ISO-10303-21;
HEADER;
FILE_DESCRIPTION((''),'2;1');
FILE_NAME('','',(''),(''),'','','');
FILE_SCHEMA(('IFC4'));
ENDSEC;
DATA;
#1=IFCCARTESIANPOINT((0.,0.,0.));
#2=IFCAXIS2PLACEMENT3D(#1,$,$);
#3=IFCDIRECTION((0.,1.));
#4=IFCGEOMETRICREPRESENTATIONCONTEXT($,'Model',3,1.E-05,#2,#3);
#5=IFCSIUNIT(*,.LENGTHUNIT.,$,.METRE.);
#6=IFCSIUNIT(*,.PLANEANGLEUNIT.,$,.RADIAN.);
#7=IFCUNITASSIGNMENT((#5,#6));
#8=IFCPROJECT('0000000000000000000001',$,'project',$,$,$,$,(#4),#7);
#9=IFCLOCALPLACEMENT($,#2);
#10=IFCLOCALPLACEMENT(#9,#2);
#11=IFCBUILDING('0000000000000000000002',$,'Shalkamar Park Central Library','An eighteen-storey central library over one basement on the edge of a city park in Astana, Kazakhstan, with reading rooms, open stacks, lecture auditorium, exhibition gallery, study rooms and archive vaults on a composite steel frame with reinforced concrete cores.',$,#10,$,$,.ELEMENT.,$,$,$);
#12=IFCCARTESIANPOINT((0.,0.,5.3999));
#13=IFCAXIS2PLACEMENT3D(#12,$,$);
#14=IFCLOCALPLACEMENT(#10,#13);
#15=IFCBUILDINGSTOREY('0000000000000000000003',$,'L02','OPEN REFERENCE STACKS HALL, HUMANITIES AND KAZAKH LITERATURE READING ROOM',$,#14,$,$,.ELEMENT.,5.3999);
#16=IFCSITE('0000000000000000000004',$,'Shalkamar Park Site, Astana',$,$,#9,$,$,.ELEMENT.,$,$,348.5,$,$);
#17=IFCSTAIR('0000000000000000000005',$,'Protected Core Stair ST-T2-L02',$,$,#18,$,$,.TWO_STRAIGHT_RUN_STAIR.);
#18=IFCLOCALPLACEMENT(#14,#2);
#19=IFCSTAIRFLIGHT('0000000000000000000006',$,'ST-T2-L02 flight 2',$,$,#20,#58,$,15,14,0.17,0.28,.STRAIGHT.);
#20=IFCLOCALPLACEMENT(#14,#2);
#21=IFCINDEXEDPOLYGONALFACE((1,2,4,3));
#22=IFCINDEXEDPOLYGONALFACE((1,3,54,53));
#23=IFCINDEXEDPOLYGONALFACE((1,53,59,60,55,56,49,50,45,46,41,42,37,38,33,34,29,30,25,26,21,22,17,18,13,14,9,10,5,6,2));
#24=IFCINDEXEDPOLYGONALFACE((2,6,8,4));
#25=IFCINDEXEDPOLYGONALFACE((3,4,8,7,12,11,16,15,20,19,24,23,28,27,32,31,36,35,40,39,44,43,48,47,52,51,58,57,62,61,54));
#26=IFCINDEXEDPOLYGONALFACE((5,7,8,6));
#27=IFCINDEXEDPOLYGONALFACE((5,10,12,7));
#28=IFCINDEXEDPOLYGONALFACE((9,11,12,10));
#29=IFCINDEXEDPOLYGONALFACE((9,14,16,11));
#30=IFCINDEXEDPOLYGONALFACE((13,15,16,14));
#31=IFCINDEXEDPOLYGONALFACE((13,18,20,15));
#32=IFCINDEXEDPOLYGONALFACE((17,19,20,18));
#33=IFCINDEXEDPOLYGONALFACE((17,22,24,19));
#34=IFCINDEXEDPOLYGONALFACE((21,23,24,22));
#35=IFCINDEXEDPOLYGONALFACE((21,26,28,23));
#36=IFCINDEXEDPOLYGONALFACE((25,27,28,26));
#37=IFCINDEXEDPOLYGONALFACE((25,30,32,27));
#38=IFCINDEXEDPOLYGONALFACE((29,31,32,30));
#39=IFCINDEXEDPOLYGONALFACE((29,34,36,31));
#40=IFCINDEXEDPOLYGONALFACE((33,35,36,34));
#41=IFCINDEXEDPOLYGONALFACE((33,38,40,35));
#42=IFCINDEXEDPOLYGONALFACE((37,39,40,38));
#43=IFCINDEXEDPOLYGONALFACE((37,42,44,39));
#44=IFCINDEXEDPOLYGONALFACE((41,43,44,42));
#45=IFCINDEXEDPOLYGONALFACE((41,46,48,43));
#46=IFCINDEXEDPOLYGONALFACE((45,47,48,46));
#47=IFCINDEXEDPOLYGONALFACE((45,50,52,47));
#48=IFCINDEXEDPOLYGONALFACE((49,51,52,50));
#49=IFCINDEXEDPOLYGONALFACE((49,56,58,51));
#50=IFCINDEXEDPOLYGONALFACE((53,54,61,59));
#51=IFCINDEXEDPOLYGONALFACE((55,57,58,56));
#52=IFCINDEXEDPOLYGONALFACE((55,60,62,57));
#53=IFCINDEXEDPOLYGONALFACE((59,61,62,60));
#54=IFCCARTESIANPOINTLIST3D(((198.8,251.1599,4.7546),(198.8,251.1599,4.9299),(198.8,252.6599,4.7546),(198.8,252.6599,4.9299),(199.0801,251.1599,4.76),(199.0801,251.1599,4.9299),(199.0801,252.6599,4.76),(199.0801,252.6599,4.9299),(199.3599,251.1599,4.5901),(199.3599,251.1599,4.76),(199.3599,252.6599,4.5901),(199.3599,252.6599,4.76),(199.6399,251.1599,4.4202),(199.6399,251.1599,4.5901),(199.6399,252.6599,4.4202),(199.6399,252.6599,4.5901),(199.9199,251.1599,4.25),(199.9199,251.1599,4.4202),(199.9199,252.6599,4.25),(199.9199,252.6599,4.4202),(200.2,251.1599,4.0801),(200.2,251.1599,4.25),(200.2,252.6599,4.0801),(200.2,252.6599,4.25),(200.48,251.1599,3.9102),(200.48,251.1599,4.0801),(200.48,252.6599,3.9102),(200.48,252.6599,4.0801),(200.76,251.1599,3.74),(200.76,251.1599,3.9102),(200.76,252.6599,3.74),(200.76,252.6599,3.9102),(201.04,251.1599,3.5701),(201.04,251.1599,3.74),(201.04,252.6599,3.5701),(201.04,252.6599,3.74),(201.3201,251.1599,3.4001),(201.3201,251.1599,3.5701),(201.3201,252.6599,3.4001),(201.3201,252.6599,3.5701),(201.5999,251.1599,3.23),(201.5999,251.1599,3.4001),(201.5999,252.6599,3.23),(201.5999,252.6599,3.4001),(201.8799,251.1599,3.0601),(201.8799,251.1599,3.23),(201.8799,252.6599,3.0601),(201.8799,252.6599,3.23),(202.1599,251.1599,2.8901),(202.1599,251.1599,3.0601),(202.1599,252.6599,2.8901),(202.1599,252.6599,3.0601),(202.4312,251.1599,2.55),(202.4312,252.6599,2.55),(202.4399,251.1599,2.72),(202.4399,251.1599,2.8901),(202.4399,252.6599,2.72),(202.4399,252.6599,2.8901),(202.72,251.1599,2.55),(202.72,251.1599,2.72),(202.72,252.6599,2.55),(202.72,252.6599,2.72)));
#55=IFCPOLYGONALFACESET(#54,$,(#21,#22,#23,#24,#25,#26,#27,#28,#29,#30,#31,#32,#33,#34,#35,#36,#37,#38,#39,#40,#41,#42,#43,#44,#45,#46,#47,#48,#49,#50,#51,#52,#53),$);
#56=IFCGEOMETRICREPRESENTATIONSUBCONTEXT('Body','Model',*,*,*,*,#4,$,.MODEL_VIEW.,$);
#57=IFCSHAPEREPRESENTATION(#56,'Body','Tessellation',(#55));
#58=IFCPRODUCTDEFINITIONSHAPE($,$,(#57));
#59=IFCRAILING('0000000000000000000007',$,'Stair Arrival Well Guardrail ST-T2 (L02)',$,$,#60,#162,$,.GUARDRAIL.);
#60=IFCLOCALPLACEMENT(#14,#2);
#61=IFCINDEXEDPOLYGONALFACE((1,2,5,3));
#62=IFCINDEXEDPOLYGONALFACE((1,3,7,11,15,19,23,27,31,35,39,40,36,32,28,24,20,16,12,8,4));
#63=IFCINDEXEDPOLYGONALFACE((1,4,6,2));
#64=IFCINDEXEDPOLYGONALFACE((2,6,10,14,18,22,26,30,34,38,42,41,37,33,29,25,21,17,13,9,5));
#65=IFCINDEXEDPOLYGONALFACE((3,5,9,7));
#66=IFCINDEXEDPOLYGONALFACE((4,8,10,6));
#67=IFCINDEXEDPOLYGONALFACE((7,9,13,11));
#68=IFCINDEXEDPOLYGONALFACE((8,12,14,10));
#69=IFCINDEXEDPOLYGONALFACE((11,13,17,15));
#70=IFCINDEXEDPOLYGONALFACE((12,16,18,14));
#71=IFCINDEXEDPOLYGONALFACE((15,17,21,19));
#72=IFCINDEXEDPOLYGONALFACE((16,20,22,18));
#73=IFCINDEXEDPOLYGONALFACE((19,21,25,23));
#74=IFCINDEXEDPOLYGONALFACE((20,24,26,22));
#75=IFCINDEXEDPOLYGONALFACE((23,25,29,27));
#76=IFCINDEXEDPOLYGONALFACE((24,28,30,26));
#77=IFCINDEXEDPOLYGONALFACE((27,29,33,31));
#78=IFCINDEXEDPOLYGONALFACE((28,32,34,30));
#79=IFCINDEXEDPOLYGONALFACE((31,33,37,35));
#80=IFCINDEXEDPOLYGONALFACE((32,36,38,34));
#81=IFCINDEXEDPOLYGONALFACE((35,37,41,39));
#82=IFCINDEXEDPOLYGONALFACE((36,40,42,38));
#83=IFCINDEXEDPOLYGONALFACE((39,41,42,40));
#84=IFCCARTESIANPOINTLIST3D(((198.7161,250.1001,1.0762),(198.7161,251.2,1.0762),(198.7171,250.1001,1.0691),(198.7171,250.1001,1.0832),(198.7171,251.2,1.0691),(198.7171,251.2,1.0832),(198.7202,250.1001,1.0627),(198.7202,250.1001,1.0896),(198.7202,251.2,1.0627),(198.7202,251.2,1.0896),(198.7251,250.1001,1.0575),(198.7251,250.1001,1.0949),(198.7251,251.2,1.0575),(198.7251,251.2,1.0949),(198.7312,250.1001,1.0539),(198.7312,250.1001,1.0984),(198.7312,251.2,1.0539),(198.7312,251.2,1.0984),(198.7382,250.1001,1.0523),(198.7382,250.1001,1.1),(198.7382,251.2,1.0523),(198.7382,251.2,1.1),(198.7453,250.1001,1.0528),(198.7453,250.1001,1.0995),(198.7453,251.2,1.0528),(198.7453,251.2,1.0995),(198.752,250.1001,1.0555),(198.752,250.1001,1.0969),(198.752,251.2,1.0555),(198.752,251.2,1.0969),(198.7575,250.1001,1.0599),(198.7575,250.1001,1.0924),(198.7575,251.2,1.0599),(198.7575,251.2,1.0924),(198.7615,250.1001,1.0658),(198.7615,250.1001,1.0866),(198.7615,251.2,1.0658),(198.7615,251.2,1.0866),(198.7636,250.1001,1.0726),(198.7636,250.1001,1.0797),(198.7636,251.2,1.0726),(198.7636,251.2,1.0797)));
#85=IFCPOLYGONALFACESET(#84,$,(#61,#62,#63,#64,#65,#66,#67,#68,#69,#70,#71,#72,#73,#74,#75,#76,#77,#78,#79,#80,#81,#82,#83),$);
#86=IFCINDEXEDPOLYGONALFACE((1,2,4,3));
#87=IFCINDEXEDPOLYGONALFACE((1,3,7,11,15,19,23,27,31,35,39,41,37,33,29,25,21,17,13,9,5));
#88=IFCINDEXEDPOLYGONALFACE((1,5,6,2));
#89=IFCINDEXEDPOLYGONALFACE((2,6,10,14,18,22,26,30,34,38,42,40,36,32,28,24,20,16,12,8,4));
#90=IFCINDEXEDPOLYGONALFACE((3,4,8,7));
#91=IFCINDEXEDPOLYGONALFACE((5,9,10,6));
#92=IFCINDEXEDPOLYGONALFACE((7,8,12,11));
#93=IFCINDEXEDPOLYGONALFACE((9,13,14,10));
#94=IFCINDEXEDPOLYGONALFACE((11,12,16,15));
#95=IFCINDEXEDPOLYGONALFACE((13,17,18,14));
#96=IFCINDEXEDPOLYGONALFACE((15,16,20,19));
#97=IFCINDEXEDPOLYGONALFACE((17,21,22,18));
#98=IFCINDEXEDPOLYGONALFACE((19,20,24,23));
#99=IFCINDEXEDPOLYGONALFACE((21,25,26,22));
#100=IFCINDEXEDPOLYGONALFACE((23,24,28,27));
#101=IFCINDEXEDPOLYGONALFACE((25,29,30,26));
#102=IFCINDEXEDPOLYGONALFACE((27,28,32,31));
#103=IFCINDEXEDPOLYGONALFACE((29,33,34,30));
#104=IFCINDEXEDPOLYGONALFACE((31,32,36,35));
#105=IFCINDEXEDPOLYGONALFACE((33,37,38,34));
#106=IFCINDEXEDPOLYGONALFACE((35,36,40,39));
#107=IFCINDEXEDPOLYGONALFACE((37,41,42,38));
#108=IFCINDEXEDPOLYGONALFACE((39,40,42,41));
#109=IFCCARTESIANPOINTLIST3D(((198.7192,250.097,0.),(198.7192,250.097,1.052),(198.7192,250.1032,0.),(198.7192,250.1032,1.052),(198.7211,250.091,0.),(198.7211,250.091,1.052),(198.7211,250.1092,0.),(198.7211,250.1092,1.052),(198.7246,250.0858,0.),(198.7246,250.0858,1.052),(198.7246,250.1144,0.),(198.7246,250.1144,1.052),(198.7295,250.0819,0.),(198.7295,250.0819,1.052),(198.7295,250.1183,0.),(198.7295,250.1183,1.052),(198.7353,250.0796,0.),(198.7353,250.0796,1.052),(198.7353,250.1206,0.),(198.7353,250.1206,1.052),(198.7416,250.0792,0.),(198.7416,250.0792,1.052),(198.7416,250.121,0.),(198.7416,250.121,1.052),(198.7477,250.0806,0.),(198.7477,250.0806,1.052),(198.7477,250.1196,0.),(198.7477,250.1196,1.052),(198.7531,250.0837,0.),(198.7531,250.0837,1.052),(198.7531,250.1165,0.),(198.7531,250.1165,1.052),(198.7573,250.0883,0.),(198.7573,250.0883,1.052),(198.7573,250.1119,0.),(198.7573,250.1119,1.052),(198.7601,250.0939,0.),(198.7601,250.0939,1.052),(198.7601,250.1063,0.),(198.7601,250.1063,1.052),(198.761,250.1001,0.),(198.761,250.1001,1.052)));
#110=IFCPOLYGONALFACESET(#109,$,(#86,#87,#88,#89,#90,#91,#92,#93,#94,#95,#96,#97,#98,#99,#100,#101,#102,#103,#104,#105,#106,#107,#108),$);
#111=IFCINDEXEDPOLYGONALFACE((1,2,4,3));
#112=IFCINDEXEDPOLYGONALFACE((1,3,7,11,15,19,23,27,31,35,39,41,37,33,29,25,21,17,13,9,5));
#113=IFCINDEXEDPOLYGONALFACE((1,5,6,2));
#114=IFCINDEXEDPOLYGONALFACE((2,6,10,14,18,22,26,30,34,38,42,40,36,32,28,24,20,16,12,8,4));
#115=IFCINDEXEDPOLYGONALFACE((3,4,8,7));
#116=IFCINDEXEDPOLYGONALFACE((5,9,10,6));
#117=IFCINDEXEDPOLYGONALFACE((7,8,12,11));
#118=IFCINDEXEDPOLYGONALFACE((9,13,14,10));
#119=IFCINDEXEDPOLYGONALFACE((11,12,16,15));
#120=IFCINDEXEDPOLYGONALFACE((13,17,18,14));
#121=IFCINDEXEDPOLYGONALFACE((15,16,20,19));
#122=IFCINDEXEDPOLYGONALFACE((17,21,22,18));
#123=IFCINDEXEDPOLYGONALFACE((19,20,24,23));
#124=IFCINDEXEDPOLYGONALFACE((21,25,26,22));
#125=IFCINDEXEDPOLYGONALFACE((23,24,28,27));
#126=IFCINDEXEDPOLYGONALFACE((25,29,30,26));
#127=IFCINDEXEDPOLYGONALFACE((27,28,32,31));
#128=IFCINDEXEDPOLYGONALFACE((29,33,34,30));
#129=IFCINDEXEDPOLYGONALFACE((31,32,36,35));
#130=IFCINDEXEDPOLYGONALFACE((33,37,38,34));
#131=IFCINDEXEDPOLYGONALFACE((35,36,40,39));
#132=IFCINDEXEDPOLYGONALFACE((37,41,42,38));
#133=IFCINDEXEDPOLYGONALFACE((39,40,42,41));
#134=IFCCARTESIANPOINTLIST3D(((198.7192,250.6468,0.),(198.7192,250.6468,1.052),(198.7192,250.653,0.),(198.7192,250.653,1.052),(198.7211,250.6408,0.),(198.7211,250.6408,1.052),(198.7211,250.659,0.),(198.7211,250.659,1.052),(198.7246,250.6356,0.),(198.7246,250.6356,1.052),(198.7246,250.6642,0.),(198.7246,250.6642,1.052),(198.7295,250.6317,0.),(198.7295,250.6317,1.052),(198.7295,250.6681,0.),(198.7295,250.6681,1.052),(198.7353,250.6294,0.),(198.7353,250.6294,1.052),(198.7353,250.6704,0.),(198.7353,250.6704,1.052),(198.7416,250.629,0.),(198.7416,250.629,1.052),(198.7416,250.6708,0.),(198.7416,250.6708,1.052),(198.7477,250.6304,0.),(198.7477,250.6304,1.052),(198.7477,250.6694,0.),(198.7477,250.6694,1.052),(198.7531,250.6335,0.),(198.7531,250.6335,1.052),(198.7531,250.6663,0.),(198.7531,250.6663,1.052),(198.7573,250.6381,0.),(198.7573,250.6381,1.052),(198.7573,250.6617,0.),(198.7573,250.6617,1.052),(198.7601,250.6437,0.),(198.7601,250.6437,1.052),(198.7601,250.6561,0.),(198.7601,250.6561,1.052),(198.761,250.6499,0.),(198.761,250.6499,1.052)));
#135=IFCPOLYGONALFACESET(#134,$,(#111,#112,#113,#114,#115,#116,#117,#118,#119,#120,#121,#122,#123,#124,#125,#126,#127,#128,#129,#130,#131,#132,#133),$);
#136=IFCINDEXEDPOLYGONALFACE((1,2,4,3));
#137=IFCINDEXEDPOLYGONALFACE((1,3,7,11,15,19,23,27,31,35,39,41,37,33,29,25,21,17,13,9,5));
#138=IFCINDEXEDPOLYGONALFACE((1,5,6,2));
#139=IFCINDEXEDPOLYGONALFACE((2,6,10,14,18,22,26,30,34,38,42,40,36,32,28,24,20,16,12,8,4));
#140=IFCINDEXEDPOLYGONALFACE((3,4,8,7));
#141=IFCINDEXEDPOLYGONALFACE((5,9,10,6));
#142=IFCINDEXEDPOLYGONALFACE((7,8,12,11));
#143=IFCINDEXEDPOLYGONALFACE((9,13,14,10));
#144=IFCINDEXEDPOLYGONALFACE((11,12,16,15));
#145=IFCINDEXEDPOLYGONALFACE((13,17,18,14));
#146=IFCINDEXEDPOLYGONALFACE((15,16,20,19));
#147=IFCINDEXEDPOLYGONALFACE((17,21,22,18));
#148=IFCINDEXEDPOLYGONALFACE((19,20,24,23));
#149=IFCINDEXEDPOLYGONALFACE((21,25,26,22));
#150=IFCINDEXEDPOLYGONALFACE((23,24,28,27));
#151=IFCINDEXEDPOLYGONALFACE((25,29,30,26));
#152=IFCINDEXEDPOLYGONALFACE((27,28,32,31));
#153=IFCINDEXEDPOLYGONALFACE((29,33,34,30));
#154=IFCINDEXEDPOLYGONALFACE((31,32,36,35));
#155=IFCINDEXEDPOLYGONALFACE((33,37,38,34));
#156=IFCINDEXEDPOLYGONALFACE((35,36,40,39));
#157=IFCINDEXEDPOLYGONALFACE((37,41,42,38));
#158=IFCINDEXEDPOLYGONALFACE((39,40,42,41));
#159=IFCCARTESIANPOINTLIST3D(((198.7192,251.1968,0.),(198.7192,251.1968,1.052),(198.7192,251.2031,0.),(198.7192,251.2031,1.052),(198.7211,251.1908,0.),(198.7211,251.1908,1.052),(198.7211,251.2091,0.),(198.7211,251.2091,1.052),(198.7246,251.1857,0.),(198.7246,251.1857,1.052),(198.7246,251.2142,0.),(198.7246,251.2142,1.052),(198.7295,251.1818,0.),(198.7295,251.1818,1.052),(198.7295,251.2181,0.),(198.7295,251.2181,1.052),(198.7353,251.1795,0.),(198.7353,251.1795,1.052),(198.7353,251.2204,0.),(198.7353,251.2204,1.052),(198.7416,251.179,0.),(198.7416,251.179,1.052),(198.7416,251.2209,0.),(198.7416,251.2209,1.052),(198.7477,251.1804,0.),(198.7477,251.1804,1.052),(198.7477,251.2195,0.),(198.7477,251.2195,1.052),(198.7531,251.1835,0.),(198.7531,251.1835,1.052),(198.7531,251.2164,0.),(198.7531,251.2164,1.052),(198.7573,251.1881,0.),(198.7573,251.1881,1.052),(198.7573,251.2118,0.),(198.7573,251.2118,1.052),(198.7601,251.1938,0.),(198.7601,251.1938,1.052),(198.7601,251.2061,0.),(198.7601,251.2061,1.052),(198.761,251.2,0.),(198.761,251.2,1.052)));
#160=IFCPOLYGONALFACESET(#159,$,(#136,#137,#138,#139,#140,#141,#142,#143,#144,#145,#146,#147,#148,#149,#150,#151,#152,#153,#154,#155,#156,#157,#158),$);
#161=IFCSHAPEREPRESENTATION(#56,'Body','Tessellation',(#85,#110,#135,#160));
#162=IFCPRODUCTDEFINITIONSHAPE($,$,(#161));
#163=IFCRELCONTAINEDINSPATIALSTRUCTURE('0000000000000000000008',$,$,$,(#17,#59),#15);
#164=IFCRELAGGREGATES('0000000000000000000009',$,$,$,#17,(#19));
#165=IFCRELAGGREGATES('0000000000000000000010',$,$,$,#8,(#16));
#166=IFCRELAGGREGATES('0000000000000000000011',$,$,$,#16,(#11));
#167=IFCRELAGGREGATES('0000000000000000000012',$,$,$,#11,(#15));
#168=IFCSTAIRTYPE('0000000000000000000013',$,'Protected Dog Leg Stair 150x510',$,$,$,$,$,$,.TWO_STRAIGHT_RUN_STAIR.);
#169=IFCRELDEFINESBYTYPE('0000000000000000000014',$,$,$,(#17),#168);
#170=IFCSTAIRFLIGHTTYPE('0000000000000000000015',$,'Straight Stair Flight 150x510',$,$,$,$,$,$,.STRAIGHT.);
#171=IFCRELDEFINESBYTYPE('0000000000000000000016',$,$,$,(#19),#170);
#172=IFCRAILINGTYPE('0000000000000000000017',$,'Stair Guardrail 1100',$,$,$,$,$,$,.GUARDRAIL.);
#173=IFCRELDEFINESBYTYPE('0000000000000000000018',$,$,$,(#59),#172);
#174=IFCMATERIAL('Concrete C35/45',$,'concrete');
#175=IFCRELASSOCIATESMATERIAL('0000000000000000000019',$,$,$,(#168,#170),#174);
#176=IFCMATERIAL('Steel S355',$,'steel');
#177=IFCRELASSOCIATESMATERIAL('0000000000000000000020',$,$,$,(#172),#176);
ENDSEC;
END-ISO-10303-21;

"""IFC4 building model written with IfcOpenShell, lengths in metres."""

from ifc_helpers import new_model, si_unit, direction, frame, origin, origin_2d, place, context, subcontext, project, spatial, polyline, circle, outline, extrude, material, type_object, element, aggregate, save


model = new_model("IFC4")

# Units and contexts
model_context = context("Model", 3, precision=1e-05, world=origin(), true_north=direction((0.0, 1.0)))
body_context = subcontext(model_context, "Body", "Model", "MODEL_VIEW")
ifc_project = project(units=[si_unit("LENGTHUNIT", "METRE"), si_unit("PLANEANGLEUNIT", "RADIAN")], contexts=[model_context])

# Site, building, storey
site_placement = place(None, origin())
site = spatial("IfcSite", under=ifc_project, at=site_placement, Name="Shalkamar Park Site, Astana", CompositionType="ELEMENT", RefElevation=348.5)
building_placement = place(site_placement, origin())
building = spatial("IfcBuilding", under=site, at=building_placement, Name="Shalkamar Park Central Library", Description="An eighteen-storey central library over one basement on the edge of a city park in Astana, Kazakhstan, with reading rooms, open stacks, lecture auditorium, exhibition gallery, study rooms and archive vaults on a composite steel frame with reinforced concrete cores.", CompositionType="ELEMENT")
storey_placement = place(building_placement, frame((0.0, 0.0, 5.3999)))
storey = spatial("IfcBuildingStorey", under=building, at=storey_placement, Name="L02", Description="OPEN REFERENCE STACKS HALL, HUMANITIES AND KAZAKH LITERATURE READING ROOM", CompositionType="ELEMENT", Elevation=5.3999)

# Shared definitions
ifc_material_1 = material(Name="Steel S355", Category="steel")

# Stair, stair flight
ifc_material_2 = material(Name="Concrete C35/45", Category="concrete")
stair_type = type_object("IfcStairType", Name="Protected Dog Leg Stair 150x510", PredefinedType="TWO_STRAIGHT_RUN_STAIR", material=ifc_material_2)
stair_placement = place(storey_placement, origin())
stair = element("IfcStair", 1, at=stair_placement, inside=storey, type_object=stair_type, Name="Protected Core Stair ST-T2-L02", PredefinedType="TWO_STRAIGHT_RUN_STAIR")
stair_flight_type = type_object("IfcStairFlightType", Name="Straight Stair Flight 150x510", PredefinedType="STRAIGHT", material=ifc_material_2)
stair_flight_1_placement = place(storey_placement, frame((202.72, 251.9099, 2.55), z_axis=(0.0, 0.0, 1.0), x_axis=(-1.0, 0.0, 0.0)))
stair_flight_1 = element("IfcStairFlight", 2, at=stair_flight_1_placement, type_object=stair_flight_type, Name="ST-T2-L02 flight 2", NumberOfRisers=15, NumberOfTreads=14, PredefinedType="STRAIGHT", RiserHeight=0.17, TreadLength=0.28, context=body_context, shape_type="SweptSolid", body=[
    extrude(outline(polyline([(0.0, 0.0), (0.0, 0.1699), (0.28, 0.1699), (0.28, 0.3401), (0.5601, 0.3401), (0.5601, 0.51), (0.8401, 0.51), (0.8401, 0.6799), (1.1201, 0.6799), (1.1201, 0.8501), (1.3999, 0.8501), (1.3999, 1.02), (1.6799, 1.02), (1.6799, 1.1899), (1.96, 1.1899), (1.96, 1.3601), (2.24, 1.3601), (2.24, 1.53), (2.52, 1.53), (2.52, 1.7), (2.8, 1.7), (2.8, 1.8701), (3.0801, 1.8701), (3.0801, 2.04), (3.3601, 2.04), (3.3601, 2.21), (3.6399, 2.21), (3.6399, 2.3799), (3.9199, 2.3799), (3.9199, 2.55), (3.9199, 2.2046), (0.2888, 0.0), (0.0, 0.0)])), frame((0.0, 0.75, 0.0), z_axis=(0.0, -1.0, 0.0), x_axis=(1.0, 0.0, 0.0)), (0.0, 0.0, 1.0), 1.5),
])
aggregate(stair, [stair_flight_1])

# Railing
railing_type_1 = type_object("IfcRailingType", Name="Stair Guardrail 1100", PredefinedType="GUARDRAIL", material=ifc_material_1)
railing_1_placement = place(storey_placement, frame((198.74, 250.1001, 0.0)))
element("IfcRailing", 3, at=railing_1_placement, inside=storey, type_object=railing_type_1, Name="Stair Arrival Well Guardrail ST-T2 (L02)", PredefinedType="GUARDRAIL", context=body_context, shape_type="SweptSolid", body=[
    extrude(circle(Radius=0.0239, at=origin_2d()), frame((0.0, 0.0, 1.0762), z_axis=(0.0, 1.0, 0.0), x_axis=(-1.0, 0.0, 0.0)), (0.0, 0.0, 1.0), 1.0999),
    extrude(circle(Radius=0.021, at=origin_2d()), origin(), (0.0, 0.0, 1.0), 1.052),
    extrude(circle(Radius=0.021, at=origin_2d()), frame((0.0, 0.5498, 0.0)), (0.0, 0.0, 1.0), 1.052),
    extrude(circle(Radius=0.021, at=origin_2d()), frame((0.0, 1.0999, 0.0)), (0.0, 0.0, 1.0), 1.052),
])

save(model, "model.ifc")
